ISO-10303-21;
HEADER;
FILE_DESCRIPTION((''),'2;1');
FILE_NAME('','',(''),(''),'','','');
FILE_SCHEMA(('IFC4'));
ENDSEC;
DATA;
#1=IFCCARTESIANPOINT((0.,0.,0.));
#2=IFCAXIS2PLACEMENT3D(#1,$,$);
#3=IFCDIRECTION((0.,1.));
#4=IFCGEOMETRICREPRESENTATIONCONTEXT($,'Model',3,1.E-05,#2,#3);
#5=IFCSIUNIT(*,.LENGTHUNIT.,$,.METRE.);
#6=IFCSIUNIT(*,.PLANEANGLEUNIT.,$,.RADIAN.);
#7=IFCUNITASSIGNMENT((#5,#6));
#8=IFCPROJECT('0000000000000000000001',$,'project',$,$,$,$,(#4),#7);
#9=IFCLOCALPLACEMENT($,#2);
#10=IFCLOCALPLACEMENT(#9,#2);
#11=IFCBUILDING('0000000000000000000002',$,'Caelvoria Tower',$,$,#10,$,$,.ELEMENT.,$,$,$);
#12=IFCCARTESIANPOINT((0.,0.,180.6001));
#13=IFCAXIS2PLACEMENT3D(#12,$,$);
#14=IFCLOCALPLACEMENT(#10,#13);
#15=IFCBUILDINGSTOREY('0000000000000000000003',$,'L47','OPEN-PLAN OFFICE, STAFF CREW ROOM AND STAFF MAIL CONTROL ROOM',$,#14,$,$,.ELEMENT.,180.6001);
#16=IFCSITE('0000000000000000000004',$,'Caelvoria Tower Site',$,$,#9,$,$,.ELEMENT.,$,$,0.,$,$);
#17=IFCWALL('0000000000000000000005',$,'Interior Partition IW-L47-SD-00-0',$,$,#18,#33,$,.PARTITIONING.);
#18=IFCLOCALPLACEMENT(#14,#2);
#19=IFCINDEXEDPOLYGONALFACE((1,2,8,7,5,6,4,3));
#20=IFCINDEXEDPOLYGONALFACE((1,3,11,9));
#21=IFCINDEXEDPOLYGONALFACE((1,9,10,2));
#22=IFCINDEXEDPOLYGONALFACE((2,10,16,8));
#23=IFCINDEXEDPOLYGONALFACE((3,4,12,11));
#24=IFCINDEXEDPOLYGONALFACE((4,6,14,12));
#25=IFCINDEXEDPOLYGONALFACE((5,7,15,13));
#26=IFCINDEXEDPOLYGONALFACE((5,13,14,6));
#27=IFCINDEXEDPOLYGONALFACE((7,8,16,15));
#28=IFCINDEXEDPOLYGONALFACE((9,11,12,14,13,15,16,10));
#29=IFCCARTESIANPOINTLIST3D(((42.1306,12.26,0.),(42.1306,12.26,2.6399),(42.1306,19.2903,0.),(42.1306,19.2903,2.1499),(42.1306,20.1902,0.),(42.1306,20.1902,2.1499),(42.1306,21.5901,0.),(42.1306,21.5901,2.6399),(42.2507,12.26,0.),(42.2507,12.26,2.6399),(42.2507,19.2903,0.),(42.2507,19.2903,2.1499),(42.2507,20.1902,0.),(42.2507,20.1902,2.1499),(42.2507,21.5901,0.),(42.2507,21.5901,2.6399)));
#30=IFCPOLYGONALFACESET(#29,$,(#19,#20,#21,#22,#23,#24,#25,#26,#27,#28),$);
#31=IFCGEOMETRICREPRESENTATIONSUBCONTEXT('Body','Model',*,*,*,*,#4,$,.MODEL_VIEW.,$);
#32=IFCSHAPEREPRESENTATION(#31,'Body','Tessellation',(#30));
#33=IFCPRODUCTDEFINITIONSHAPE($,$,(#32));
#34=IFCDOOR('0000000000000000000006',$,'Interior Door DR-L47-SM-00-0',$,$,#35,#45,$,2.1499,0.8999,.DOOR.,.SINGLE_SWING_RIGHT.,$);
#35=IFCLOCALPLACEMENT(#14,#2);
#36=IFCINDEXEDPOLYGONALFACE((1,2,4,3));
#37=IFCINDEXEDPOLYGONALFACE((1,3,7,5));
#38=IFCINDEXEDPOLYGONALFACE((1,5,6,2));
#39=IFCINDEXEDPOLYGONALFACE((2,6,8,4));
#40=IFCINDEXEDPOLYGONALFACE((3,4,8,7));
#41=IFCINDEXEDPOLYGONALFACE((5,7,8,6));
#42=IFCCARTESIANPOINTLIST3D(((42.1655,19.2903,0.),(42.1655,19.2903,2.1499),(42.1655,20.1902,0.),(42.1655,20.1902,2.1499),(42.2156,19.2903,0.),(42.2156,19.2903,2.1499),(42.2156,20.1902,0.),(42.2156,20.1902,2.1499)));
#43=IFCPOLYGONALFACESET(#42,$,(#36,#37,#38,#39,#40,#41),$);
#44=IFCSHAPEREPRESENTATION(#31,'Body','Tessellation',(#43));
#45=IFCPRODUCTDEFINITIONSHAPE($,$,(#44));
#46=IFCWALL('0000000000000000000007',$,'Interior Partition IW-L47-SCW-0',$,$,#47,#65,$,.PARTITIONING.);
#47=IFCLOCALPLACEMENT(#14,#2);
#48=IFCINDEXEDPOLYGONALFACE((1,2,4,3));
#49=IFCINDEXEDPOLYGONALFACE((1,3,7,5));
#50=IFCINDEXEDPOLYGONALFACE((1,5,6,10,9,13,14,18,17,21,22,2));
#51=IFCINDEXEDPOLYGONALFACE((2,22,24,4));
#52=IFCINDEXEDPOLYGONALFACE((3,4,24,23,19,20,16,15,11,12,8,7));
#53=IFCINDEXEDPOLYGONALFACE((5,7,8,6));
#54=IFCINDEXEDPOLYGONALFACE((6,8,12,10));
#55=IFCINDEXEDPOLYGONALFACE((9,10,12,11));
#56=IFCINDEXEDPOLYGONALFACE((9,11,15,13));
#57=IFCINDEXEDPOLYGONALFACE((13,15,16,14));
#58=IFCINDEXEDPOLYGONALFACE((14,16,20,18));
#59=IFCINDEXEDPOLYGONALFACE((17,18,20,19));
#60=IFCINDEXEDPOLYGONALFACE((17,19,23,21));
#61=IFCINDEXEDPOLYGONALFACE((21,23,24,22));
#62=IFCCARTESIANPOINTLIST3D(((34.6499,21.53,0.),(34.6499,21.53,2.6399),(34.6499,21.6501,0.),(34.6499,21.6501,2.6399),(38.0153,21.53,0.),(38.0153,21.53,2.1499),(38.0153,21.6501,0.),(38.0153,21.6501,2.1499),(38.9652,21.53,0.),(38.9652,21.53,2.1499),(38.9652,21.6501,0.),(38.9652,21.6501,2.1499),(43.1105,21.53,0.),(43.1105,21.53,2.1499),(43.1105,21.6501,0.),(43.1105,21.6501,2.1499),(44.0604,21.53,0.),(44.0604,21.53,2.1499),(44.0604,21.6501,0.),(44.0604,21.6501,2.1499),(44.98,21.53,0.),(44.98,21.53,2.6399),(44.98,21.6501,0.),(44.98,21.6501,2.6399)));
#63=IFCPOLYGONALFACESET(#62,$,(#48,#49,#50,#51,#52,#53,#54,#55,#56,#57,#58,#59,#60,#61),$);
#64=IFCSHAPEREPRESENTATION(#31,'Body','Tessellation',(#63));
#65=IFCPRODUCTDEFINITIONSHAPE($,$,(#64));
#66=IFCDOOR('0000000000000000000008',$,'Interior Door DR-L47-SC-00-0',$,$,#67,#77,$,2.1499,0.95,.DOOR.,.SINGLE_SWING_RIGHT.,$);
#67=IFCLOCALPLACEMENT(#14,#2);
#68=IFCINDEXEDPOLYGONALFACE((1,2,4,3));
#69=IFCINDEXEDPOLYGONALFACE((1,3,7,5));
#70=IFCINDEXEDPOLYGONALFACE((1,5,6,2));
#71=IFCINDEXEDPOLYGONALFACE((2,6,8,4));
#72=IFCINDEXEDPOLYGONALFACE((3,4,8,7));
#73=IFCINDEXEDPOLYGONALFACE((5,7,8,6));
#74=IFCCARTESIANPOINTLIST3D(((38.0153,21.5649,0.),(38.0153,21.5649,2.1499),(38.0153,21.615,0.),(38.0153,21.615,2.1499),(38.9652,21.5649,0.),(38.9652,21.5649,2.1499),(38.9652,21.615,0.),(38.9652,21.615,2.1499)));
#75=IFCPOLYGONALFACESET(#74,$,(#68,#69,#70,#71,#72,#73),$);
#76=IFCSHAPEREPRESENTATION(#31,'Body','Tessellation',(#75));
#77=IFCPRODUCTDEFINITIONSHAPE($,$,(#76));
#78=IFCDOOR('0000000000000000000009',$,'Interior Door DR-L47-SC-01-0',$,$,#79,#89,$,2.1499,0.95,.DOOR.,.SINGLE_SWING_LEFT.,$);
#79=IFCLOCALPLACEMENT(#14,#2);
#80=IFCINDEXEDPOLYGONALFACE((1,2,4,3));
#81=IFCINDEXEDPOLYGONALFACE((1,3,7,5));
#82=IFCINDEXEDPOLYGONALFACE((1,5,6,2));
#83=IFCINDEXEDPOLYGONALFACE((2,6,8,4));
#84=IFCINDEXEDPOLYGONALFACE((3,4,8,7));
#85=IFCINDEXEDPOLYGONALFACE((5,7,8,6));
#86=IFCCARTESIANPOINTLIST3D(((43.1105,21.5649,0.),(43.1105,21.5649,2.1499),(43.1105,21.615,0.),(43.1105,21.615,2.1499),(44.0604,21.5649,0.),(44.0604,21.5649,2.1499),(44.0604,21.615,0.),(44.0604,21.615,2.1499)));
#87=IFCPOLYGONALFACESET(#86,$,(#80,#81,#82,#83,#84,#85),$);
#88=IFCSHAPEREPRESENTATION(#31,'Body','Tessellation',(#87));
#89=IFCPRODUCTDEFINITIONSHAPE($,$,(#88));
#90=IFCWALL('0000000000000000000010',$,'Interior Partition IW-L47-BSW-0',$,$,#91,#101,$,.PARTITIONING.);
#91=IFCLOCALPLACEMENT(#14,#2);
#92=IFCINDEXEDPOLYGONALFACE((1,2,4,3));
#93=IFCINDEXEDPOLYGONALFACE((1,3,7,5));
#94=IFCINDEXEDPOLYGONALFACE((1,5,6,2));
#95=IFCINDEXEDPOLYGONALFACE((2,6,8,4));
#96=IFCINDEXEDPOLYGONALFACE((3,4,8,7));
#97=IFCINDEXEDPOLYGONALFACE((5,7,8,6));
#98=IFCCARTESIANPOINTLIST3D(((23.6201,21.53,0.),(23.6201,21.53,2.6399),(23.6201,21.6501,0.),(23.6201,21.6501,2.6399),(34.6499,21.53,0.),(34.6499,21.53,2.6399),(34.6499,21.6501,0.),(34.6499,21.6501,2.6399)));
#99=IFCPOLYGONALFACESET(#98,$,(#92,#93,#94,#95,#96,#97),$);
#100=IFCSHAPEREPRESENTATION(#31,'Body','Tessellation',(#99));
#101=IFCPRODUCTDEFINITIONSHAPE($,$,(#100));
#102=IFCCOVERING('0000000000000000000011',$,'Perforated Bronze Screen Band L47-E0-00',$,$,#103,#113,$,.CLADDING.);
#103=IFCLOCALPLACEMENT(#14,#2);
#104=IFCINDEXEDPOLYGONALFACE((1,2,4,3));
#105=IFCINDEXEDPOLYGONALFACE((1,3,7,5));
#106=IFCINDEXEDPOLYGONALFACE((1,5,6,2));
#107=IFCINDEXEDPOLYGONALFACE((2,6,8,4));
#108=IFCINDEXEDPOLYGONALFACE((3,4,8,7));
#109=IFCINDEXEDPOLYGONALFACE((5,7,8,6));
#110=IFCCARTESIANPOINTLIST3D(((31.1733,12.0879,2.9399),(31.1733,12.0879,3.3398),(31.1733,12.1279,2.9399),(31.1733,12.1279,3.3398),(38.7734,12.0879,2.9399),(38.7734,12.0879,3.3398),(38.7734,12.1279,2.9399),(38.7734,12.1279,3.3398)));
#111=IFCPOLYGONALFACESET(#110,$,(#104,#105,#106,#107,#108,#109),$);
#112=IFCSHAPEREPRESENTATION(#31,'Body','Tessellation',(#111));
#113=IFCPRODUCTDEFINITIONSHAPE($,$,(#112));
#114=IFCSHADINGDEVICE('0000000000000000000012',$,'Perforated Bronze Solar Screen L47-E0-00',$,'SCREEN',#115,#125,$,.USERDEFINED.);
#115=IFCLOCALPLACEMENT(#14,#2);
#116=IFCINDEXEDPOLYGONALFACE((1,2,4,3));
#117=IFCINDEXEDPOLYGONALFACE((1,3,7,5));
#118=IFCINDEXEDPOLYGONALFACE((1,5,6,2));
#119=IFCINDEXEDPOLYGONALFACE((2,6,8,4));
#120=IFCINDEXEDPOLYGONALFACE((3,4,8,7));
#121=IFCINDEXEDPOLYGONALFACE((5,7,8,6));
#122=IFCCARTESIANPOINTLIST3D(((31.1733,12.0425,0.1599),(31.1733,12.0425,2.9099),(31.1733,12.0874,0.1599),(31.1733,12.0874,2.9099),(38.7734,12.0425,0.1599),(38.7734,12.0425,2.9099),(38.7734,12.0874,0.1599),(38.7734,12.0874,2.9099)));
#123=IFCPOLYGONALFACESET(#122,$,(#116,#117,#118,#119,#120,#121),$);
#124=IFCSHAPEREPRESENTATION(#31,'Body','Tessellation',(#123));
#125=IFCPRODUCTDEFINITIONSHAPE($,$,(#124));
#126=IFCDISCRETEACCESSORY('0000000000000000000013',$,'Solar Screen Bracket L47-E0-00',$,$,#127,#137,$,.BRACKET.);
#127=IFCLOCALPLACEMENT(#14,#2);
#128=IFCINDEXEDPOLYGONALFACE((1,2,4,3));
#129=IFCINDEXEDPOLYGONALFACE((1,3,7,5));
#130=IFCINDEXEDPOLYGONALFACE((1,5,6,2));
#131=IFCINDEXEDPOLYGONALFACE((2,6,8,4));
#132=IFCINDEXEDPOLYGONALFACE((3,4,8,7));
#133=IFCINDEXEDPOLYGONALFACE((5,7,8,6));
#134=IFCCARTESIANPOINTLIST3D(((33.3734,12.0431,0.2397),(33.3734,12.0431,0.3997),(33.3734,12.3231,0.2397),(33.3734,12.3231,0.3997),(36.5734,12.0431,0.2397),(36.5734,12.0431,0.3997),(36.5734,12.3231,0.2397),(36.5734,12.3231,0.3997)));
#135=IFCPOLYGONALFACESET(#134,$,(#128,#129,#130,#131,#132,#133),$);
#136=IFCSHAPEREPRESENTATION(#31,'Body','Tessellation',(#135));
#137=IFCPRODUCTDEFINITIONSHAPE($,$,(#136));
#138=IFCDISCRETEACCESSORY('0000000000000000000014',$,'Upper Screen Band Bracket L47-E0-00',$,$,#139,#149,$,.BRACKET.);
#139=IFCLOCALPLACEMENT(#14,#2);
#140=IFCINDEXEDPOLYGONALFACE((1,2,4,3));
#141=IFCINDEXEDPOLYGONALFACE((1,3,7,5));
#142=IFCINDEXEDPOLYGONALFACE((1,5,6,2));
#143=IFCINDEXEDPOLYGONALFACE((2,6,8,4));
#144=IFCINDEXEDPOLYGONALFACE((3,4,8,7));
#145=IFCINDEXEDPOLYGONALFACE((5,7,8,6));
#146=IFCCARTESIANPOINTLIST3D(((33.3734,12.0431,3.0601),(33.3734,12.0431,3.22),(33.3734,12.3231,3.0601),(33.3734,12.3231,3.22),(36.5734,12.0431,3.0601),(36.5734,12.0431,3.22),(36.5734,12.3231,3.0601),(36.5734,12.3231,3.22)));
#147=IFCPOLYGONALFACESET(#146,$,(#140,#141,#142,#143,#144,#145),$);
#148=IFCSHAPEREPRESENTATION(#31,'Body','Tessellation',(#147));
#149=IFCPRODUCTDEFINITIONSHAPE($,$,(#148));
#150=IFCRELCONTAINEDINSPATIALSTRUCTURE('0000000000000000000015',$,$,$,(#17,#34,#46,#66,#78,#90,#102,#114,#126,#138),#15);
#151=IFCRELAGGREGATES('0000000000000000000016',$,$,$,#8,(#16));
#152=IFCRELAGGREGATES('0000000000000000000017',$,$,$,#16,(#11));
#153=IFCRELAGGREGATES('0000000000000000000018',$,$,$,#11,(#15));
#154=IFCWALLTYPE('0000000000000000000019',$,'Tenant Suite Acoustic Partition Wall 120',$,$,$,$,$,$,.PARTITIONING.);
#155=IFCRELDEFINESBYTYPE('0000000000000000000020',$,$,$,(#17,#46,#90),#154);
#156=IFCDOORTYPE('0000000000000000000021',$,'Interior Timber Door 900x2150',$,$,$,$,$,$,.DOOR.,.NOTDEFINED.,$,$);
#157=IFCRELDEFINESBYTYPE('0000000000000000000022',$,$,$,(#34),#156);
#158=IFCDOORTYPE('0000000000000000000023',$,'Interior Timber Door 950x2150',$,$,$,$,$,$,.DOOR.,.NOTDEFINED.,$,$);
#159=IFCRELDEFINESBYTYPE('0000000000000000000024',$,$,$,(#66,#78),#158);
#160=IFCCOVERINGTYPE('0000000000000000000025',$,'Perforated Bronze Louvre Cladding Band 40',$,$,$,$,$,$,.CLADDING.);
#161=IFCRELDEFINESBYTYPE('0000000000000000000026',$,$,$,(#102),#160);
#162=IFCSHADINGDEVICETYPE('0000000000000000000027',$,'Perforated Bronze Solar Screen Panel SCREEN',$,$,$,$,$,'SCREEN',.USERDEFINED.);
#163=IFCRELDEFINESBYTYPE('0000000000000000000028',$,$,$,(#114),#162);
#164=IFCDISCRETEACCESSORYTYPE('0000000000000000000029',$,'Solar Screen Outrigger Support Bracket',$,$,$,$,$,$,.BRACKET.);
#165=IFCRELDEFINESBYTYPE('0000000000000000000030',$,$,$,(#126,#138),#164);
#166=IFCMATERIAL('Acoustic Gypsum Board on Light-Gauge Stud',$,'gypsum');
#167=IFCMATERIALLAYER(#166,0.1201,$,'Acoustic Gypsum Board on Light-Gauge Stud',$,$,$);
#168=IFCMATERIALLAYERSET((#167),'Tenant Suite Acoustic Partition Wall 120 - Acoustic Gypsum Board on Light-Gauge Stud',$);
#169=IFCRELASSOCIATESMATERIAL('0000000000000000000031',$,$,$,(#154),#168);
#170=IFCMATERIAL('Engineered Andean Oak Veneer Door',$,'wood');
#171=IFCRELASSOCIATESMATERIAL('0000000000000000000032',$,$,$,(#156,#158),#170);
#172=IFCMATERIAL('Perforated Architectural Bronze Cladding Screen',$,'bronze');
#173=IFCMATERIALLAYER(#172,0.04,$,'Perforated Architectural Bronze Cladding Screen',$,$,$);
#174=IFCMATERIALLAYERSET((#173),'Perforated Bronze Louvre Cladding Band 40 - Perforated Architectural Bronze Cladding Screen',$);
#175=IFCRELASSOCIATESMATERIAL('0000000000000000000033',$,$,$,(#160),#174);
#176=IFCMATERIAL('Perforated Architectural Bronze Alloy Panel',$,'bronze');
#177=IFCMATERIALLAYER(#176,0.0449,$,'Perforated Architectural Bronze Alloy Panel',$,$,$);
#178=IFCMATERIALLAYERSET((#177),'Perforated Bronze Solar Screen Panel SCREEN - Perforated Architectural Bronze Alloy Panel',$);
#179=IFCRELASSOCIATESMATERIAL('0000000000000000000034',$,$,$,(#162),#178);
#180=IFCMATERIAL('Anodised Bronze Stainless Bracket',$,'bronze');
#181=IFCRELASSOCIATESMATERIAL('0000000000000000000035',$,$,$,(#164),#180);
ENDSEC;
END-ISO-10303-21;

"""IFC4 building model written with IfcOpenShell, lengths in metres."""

from ifc_helpers import new_model, si_unit, direction, frame, frame_2d, origin, origin_2d, place, context, subcontext, project, spatial, rectangle, extrude, material, layer, layer_set, type_object, element, fill, save


model = new_model("IFC4")

# Units and contexts
model_context = context("Model", 3, precision=1e-05, world=origin(), true_north=direction((0.0, 1.0)))
body_context = subcontext(model_context, "Body", "Model", "MODEL_VIEW")
ifc_project = project(units=[si_unit("LENGTHUNIT", "METRE"), si_unit("PLANEANGLEUNIT", "RADIAN")], contexts=[model_context])

# Site, building, storey
site_placement = place(None, origin())
site = spatial("IfcSite", under=ifc_project, at=site_placement, Name="Caelvoria Tower Site", CompositionType="ELEMENT", RefElevation=0.0)
building_placement = place(site_placement, origin())
building = spatial("IfcBuilding", under=site, at=building_placement, Name="Caelvoria Tower", CompositionType="ELEMENT")
storey_placement = place(building_placement, frame((0.0, 0.0, 180.6001)))
storey = spatial("IfcBuildingStorey", under=building, at=storey_placement, Name="L47", Description="OPEN-PLAN OFFICE, STAFF CREW ROOM AND STAFF MAIL CONTROL ROOM", CompositionType="ELEMENT", Elevation=180.6001)

# Wall, opening, door
ifc_material_1 = material(Name="Acoustic Gypsum Board on Light-Gauge Stud", Category="gypsum")
ifc_layer_1 = layer(ifc_material_1, 0.1201, Name="Acoustic Gypsum Board on Light-Gauge Stud")
ifc_layer_set_1 = layer_set([ifc_layer_1], Name="Tenant Suite Acoustic Partition Wall 120 - Acoustic Gypsum Board on Light-Gauge Stud")
wall_type = type_object("IfcWallType", Name="Tenant Suite Acoustic Partition Wall 120", PredefinedType="PARTITIONING", material=ifc_layer_set_1)
wall_1_placement = place(storey_placement, frame((42.1907, 21.5901, 0.0), z_axis=(0.0, 0.0, 1.0), x_axis=(0.0, -1.0, 0.0)))
wall_1 = element("IfcWall", 1, at=wall_1_placement, inside=storey, type_object=wall_type, Name="Interior Partition IW-L47-SD-00-0", PredefinedType="PARTITIONING", context=body_context, shape_type="SweptSolid", body=[
    extrude(rectangle(XDim=9.3301, YDim=0.1201, at=frame_2d((4.665, 0.0))), origin(), (0.0, 0.0, 1.0), 2.6399),
])
opening_1_placement = place(wall_1_placement, frame((1.3999, 0.0, 0.0)))
opening_1 = element("IfcOpeningElement", 2, at=opening_1_placement, cuts=wall_1, PredefinedType="OPENING", context=body_context, shape_type="SweptSolid", body=[
    extrude(rectangle(XDim=0.8999, YDim=2.1499, at=frame_2d((0.45, 1.075))), frame((0.0, 0.0701, 0.0), z_axis=(0.0, -1.0, 0.0), x_axis=(1.0, 0.0, 0.0)), (0.0, 0.0, 1.0), 0.1401),
])
ifc_material_2 = material(Name="Engineered Andean Oak Veneer Door", Category="wood")
door_type_1 = type_object("IfcDoorType", Name="Interior Timber Door 900x2150", OperationType="NOTDEFINED", PredefinedType="DOOR", material=ifc_material_2)
door_1_placement = place(opening_1_placement, origin())
door_1 = element("IfcDoor", 3, at=door_1_placement, inside=storey, type_object=door_type_1, Name="Interior Door DR-L47-SM-00-0", OperationType="SINGLE_SWING_RIGHT", OverallHeight=2.1499, OverallWidth=0.8999, PredefinedType="DOOR", context=body_context, shape_type="SweptSolid", body=[
    extrude(rectangle(XDim=0.8999, YDim=2.1499, at=frame_2d((0.45, 1.075))), frame((0.0, 0.0249, 0.0), z_axis=(0.0, -1.0, 0.0), x_axis=(1.0, 0.0, 0.0)), (0.0, 0.0, 1.0), 0.05),
])
fill(opening_1, door_1)

# Wall, openings, doors
wall_2_placement = place(storey_placement, frame((34.6499, 21.5901, 0.0), z_axis=(0.0, 0.0, 1.0), x_axis=(1.0, 0.0, 0.0)))
wall_2 = element("IfcWall", 4, at=wall_2_placement, inside=storey, type_object=wall_type, Name="Interior Partition IW-L47-SCW-0", PredefinedType="PARTITIONING", context=body_context, shape_type="SweptSolid", body=[
    extrude(rectangle(XDim=10.3301, YDim=0.1201, at=frame_2d((5.165, 0.0))), origin(), (0.0, 0.0, 1.0), 2.6399),
])
opening_2_placement = place(wall_2_placement, frame((3.3652, 0.0, 0.0)))
opening_2 = element("IfcOpeningElement", 5, at=opening_2_placement, cuts=wall_2, PredefinedType="OPENING", context=body_context, shape_type="SweptSolid", body=[
    extrude(rectangle(XDim=0.95, YDim=2.1499, at=frame_2d((0.4751, 1.075))), frame((0.0, 0.0701, 0.0), z_axis=(0.0, -1.0, 0.0), x_axis=(1.0, 0.0, 0.0)), (0.0, 0.0, 1.0), 0.1401),
])
opening_3_placement = place(wall_2_placement, frame((8.4604, 0.0, 0.0)))
opening_3 = element("IfcOpeningElement", 6, at=opening_3_placement, cuts=wall_2, PredefinedType="OPENING", context=body_context, shape_type="SweptSolid", body=[
    extrude(rectangle(XDim=0.95, YDim=2.1499, at=frame_2d((0.4751, 1.075))), frame((0.0, 0.0701, 0.0), z_axis=(0.0, -1.0, 0.0), x_axis=(1.0, 0.0, 0.0)), (0.0, 0.0, 1.0), 0.1401),
])
door_type_2 = type_object("IfcDoorType", Name="Interior Timber Door 950x2150", OperationType="NOTDEFINED", PredefinedType="DOOR", material=ifc_material_2)
door_2_placement = place(opening_2_placement, origin())
door_2 = element("IfcDoor", 7, at=door_2_placement, inside=storey, type_object=door_type_2, Name="Interior Door DR-L47-SC-00-0", OperationType="SINGLE_SWING_RIGHT", OverallHeight=2.1499, OverallWidth=0.95, PredefinedType="DOOR", context=body_context, shape_type="SweptSolid", body=[
    extrude(rectangle(XDim=0.95, YDim=2.1499, at=frame_2d((0.4751, 1.075))), frame((0.0, 0.0249, 0.0), z_axis=(0.0, -1.0, 0.0), x_axis=(1.0, 0.0, 0.0)), (0.0, 0.0, 1.0), 0.05),
])
fill(opening_2, door_2)
door_3_placement = place(opening_3_placement, origin())
door_3 = element("IfcDoor", 8, at=door_3_placement, inside=storey, type_object=door_type_2, Name="Interior Door DR-L47-SC-01-0", OperationType="SINGLE_SWING_LEFT", OverallHeight=2.1499, OverallWidth=0.95, PredefinedType="DOOR", context=body_context, shape_type="SweptSolid", body=[
    extrude(rectangle(XDim=0.95, YDim=2.1499, at=frame_2d((0.4751, 1.075))), frame((0.0, 0.0249, 0.0), z_axis=(0.0, -1.0, 0.0), x_axis=(1.0, 0.0, 0.0)), (0.0, 0.0, 1.0), 0.05),
])
fill(opening_3, door_3)

# Wall
wall_3_placement = place(storey_placement, frame((34.6499, 21.5901, 0.0), z_axis=(0.0, 0.0, 1.0), x_axis=(-1.0, 0.0, 0.0)))
element("IfcWall", 9, at=wall_3_placement, inside=storey, type_object=wall_type, Name="Interior Partition IW-L47-BSW-0", PredefinedType="PARTITIONING", context=body_context, shape_type="SweptSolid", body=[
    extrude(rectangle(XDim=11.0298, YDim=0.1201, at=frame_2d((5.5149, 0.0))), origin(), (0.0, 0.0, 1.0), 2.6399),
])

# Covering
ifc_material_3 = material(Name="Perforated Architectural Bronze Cladding Screen", Category="bronze")
ifc_layer_2 = layer(ifc_material_3, 0.04, Name="Perforated Architectural Bronze Cladding Screen")
ifc_layer_set_2 = layer_set([ifc_layer_2], Name="Perforated Bronze Louvre Cladding Band 40 - Perforated Architectural Bronze Cladding Screen")
covering_type = type_object("IfcCoveringType", Name="Perforated Bronze Louvre Cladding Band 40", PredefinedType="CLADDING", material=ifc_layer_set_2)
covering_placement = place(storey_placement, frame((34.9734, 12.1079, 2.9399), z_axis=(0.0, 0.0, 1.0), x_axis=(1.0, 0.0, 0.0)))
element("IfcCovering", 10, at=covering_placement, inside=storey, type_object=covering_type, Name="Perforated Bronze Screen Band L47-E0-00", PredefinedType="CLADDING", context=body_context, shape_type="SweptSolid", body=[
    extrude(rectangle(XDim=7.6001, YDim=0.04, at=origin_2d()), origin(), (0.0, 0.0, 1.0), 0.3999),
])

# Shading device
ifc_material_4 = material(Name="Perforated Architectural Bronze Alloy Panel", Category="bronze")
ifc_layer_3 = layer(ifc_material_4, 0.0449, Name="Perforated Architectural Bronze Alloy Panel")
ifc_layer_set_3 = layer_set([ifc_layer_3], Name="Perforated Bronze Solar Screen Panel SCREEN - Perforated Architectural Bronze Alloy Panel")
shading_device_type = type_object("IfcShadingDeviceType", Name="Perforated Bronze Solar Screen Panel SCREEN", ElementType="SCREEN", PredefinedType="USERDEFINED", material=ifc_layer_set_3)
shading_device_placement = place(storey_placement, frame((34.9734, 12.0649, 0.1599), z_axis=(0.0, 0.0, 1.0), x_axis=(1.0, 0.0, 0.0)))
element("IfcShadingDevice", 11, at=shading_device_placement, inside=storey, type_object=shading_device_type, Name="Perforated Bronze Solar Screen L47-E0-00", ObjectType="SCREEN", PredefinedType="USERDEFINED", context=body_context, shape_type="SweptSolid", body=[
    extrude(rectangle(XDim=7.6001, YDim=0.0449, at=origin_2d()), origin(), (0.0, 0.0, 1.0), 2.75),
])

# Discrete accessories
ifc_material_5 = material(Name="Anodised Bronze Stainless Bracket", Category="bronze")
discrete_accessory_type = type_object("IfcDiscreteAccessoryType", Name="Solar Screen Outrigger Support Bracket", PredefinedType="BRACKET", material=ifc_material_5)
for number, where, z_axis, x_axis, name in (
    (12, (34.9734, 12.1831, 0.2397), (0.0, 0.0, 1.0), (1.0, 0.0, 0.0), "Solar Screen Bracket L47-E0-00"),
    (13, (34.9734, 12.1831, 3.0601), (0.0, 0.0, 1.0), (1.0, 0.0, 0.0), "Upper Screen Band Bracket L47-E0-00"),
):
    element("IfcDiscreteAccessory", number, at=place(storey_placement, frame(where, z_axis=z_axis, x_axis=x_axis)), inside=storey, type_object=discrete_accessory_type, Name=name, PredefinedType="BRACKET", context=body_context, shape_type="SweptSolid", body=[
        extrude(rectangle(XDim=3.2, YDim=0.28, at=origin_2d()), origin(), (0.0, 0.0, 1.0), 0.1599),
    ])

save(model, "model.ifc")
